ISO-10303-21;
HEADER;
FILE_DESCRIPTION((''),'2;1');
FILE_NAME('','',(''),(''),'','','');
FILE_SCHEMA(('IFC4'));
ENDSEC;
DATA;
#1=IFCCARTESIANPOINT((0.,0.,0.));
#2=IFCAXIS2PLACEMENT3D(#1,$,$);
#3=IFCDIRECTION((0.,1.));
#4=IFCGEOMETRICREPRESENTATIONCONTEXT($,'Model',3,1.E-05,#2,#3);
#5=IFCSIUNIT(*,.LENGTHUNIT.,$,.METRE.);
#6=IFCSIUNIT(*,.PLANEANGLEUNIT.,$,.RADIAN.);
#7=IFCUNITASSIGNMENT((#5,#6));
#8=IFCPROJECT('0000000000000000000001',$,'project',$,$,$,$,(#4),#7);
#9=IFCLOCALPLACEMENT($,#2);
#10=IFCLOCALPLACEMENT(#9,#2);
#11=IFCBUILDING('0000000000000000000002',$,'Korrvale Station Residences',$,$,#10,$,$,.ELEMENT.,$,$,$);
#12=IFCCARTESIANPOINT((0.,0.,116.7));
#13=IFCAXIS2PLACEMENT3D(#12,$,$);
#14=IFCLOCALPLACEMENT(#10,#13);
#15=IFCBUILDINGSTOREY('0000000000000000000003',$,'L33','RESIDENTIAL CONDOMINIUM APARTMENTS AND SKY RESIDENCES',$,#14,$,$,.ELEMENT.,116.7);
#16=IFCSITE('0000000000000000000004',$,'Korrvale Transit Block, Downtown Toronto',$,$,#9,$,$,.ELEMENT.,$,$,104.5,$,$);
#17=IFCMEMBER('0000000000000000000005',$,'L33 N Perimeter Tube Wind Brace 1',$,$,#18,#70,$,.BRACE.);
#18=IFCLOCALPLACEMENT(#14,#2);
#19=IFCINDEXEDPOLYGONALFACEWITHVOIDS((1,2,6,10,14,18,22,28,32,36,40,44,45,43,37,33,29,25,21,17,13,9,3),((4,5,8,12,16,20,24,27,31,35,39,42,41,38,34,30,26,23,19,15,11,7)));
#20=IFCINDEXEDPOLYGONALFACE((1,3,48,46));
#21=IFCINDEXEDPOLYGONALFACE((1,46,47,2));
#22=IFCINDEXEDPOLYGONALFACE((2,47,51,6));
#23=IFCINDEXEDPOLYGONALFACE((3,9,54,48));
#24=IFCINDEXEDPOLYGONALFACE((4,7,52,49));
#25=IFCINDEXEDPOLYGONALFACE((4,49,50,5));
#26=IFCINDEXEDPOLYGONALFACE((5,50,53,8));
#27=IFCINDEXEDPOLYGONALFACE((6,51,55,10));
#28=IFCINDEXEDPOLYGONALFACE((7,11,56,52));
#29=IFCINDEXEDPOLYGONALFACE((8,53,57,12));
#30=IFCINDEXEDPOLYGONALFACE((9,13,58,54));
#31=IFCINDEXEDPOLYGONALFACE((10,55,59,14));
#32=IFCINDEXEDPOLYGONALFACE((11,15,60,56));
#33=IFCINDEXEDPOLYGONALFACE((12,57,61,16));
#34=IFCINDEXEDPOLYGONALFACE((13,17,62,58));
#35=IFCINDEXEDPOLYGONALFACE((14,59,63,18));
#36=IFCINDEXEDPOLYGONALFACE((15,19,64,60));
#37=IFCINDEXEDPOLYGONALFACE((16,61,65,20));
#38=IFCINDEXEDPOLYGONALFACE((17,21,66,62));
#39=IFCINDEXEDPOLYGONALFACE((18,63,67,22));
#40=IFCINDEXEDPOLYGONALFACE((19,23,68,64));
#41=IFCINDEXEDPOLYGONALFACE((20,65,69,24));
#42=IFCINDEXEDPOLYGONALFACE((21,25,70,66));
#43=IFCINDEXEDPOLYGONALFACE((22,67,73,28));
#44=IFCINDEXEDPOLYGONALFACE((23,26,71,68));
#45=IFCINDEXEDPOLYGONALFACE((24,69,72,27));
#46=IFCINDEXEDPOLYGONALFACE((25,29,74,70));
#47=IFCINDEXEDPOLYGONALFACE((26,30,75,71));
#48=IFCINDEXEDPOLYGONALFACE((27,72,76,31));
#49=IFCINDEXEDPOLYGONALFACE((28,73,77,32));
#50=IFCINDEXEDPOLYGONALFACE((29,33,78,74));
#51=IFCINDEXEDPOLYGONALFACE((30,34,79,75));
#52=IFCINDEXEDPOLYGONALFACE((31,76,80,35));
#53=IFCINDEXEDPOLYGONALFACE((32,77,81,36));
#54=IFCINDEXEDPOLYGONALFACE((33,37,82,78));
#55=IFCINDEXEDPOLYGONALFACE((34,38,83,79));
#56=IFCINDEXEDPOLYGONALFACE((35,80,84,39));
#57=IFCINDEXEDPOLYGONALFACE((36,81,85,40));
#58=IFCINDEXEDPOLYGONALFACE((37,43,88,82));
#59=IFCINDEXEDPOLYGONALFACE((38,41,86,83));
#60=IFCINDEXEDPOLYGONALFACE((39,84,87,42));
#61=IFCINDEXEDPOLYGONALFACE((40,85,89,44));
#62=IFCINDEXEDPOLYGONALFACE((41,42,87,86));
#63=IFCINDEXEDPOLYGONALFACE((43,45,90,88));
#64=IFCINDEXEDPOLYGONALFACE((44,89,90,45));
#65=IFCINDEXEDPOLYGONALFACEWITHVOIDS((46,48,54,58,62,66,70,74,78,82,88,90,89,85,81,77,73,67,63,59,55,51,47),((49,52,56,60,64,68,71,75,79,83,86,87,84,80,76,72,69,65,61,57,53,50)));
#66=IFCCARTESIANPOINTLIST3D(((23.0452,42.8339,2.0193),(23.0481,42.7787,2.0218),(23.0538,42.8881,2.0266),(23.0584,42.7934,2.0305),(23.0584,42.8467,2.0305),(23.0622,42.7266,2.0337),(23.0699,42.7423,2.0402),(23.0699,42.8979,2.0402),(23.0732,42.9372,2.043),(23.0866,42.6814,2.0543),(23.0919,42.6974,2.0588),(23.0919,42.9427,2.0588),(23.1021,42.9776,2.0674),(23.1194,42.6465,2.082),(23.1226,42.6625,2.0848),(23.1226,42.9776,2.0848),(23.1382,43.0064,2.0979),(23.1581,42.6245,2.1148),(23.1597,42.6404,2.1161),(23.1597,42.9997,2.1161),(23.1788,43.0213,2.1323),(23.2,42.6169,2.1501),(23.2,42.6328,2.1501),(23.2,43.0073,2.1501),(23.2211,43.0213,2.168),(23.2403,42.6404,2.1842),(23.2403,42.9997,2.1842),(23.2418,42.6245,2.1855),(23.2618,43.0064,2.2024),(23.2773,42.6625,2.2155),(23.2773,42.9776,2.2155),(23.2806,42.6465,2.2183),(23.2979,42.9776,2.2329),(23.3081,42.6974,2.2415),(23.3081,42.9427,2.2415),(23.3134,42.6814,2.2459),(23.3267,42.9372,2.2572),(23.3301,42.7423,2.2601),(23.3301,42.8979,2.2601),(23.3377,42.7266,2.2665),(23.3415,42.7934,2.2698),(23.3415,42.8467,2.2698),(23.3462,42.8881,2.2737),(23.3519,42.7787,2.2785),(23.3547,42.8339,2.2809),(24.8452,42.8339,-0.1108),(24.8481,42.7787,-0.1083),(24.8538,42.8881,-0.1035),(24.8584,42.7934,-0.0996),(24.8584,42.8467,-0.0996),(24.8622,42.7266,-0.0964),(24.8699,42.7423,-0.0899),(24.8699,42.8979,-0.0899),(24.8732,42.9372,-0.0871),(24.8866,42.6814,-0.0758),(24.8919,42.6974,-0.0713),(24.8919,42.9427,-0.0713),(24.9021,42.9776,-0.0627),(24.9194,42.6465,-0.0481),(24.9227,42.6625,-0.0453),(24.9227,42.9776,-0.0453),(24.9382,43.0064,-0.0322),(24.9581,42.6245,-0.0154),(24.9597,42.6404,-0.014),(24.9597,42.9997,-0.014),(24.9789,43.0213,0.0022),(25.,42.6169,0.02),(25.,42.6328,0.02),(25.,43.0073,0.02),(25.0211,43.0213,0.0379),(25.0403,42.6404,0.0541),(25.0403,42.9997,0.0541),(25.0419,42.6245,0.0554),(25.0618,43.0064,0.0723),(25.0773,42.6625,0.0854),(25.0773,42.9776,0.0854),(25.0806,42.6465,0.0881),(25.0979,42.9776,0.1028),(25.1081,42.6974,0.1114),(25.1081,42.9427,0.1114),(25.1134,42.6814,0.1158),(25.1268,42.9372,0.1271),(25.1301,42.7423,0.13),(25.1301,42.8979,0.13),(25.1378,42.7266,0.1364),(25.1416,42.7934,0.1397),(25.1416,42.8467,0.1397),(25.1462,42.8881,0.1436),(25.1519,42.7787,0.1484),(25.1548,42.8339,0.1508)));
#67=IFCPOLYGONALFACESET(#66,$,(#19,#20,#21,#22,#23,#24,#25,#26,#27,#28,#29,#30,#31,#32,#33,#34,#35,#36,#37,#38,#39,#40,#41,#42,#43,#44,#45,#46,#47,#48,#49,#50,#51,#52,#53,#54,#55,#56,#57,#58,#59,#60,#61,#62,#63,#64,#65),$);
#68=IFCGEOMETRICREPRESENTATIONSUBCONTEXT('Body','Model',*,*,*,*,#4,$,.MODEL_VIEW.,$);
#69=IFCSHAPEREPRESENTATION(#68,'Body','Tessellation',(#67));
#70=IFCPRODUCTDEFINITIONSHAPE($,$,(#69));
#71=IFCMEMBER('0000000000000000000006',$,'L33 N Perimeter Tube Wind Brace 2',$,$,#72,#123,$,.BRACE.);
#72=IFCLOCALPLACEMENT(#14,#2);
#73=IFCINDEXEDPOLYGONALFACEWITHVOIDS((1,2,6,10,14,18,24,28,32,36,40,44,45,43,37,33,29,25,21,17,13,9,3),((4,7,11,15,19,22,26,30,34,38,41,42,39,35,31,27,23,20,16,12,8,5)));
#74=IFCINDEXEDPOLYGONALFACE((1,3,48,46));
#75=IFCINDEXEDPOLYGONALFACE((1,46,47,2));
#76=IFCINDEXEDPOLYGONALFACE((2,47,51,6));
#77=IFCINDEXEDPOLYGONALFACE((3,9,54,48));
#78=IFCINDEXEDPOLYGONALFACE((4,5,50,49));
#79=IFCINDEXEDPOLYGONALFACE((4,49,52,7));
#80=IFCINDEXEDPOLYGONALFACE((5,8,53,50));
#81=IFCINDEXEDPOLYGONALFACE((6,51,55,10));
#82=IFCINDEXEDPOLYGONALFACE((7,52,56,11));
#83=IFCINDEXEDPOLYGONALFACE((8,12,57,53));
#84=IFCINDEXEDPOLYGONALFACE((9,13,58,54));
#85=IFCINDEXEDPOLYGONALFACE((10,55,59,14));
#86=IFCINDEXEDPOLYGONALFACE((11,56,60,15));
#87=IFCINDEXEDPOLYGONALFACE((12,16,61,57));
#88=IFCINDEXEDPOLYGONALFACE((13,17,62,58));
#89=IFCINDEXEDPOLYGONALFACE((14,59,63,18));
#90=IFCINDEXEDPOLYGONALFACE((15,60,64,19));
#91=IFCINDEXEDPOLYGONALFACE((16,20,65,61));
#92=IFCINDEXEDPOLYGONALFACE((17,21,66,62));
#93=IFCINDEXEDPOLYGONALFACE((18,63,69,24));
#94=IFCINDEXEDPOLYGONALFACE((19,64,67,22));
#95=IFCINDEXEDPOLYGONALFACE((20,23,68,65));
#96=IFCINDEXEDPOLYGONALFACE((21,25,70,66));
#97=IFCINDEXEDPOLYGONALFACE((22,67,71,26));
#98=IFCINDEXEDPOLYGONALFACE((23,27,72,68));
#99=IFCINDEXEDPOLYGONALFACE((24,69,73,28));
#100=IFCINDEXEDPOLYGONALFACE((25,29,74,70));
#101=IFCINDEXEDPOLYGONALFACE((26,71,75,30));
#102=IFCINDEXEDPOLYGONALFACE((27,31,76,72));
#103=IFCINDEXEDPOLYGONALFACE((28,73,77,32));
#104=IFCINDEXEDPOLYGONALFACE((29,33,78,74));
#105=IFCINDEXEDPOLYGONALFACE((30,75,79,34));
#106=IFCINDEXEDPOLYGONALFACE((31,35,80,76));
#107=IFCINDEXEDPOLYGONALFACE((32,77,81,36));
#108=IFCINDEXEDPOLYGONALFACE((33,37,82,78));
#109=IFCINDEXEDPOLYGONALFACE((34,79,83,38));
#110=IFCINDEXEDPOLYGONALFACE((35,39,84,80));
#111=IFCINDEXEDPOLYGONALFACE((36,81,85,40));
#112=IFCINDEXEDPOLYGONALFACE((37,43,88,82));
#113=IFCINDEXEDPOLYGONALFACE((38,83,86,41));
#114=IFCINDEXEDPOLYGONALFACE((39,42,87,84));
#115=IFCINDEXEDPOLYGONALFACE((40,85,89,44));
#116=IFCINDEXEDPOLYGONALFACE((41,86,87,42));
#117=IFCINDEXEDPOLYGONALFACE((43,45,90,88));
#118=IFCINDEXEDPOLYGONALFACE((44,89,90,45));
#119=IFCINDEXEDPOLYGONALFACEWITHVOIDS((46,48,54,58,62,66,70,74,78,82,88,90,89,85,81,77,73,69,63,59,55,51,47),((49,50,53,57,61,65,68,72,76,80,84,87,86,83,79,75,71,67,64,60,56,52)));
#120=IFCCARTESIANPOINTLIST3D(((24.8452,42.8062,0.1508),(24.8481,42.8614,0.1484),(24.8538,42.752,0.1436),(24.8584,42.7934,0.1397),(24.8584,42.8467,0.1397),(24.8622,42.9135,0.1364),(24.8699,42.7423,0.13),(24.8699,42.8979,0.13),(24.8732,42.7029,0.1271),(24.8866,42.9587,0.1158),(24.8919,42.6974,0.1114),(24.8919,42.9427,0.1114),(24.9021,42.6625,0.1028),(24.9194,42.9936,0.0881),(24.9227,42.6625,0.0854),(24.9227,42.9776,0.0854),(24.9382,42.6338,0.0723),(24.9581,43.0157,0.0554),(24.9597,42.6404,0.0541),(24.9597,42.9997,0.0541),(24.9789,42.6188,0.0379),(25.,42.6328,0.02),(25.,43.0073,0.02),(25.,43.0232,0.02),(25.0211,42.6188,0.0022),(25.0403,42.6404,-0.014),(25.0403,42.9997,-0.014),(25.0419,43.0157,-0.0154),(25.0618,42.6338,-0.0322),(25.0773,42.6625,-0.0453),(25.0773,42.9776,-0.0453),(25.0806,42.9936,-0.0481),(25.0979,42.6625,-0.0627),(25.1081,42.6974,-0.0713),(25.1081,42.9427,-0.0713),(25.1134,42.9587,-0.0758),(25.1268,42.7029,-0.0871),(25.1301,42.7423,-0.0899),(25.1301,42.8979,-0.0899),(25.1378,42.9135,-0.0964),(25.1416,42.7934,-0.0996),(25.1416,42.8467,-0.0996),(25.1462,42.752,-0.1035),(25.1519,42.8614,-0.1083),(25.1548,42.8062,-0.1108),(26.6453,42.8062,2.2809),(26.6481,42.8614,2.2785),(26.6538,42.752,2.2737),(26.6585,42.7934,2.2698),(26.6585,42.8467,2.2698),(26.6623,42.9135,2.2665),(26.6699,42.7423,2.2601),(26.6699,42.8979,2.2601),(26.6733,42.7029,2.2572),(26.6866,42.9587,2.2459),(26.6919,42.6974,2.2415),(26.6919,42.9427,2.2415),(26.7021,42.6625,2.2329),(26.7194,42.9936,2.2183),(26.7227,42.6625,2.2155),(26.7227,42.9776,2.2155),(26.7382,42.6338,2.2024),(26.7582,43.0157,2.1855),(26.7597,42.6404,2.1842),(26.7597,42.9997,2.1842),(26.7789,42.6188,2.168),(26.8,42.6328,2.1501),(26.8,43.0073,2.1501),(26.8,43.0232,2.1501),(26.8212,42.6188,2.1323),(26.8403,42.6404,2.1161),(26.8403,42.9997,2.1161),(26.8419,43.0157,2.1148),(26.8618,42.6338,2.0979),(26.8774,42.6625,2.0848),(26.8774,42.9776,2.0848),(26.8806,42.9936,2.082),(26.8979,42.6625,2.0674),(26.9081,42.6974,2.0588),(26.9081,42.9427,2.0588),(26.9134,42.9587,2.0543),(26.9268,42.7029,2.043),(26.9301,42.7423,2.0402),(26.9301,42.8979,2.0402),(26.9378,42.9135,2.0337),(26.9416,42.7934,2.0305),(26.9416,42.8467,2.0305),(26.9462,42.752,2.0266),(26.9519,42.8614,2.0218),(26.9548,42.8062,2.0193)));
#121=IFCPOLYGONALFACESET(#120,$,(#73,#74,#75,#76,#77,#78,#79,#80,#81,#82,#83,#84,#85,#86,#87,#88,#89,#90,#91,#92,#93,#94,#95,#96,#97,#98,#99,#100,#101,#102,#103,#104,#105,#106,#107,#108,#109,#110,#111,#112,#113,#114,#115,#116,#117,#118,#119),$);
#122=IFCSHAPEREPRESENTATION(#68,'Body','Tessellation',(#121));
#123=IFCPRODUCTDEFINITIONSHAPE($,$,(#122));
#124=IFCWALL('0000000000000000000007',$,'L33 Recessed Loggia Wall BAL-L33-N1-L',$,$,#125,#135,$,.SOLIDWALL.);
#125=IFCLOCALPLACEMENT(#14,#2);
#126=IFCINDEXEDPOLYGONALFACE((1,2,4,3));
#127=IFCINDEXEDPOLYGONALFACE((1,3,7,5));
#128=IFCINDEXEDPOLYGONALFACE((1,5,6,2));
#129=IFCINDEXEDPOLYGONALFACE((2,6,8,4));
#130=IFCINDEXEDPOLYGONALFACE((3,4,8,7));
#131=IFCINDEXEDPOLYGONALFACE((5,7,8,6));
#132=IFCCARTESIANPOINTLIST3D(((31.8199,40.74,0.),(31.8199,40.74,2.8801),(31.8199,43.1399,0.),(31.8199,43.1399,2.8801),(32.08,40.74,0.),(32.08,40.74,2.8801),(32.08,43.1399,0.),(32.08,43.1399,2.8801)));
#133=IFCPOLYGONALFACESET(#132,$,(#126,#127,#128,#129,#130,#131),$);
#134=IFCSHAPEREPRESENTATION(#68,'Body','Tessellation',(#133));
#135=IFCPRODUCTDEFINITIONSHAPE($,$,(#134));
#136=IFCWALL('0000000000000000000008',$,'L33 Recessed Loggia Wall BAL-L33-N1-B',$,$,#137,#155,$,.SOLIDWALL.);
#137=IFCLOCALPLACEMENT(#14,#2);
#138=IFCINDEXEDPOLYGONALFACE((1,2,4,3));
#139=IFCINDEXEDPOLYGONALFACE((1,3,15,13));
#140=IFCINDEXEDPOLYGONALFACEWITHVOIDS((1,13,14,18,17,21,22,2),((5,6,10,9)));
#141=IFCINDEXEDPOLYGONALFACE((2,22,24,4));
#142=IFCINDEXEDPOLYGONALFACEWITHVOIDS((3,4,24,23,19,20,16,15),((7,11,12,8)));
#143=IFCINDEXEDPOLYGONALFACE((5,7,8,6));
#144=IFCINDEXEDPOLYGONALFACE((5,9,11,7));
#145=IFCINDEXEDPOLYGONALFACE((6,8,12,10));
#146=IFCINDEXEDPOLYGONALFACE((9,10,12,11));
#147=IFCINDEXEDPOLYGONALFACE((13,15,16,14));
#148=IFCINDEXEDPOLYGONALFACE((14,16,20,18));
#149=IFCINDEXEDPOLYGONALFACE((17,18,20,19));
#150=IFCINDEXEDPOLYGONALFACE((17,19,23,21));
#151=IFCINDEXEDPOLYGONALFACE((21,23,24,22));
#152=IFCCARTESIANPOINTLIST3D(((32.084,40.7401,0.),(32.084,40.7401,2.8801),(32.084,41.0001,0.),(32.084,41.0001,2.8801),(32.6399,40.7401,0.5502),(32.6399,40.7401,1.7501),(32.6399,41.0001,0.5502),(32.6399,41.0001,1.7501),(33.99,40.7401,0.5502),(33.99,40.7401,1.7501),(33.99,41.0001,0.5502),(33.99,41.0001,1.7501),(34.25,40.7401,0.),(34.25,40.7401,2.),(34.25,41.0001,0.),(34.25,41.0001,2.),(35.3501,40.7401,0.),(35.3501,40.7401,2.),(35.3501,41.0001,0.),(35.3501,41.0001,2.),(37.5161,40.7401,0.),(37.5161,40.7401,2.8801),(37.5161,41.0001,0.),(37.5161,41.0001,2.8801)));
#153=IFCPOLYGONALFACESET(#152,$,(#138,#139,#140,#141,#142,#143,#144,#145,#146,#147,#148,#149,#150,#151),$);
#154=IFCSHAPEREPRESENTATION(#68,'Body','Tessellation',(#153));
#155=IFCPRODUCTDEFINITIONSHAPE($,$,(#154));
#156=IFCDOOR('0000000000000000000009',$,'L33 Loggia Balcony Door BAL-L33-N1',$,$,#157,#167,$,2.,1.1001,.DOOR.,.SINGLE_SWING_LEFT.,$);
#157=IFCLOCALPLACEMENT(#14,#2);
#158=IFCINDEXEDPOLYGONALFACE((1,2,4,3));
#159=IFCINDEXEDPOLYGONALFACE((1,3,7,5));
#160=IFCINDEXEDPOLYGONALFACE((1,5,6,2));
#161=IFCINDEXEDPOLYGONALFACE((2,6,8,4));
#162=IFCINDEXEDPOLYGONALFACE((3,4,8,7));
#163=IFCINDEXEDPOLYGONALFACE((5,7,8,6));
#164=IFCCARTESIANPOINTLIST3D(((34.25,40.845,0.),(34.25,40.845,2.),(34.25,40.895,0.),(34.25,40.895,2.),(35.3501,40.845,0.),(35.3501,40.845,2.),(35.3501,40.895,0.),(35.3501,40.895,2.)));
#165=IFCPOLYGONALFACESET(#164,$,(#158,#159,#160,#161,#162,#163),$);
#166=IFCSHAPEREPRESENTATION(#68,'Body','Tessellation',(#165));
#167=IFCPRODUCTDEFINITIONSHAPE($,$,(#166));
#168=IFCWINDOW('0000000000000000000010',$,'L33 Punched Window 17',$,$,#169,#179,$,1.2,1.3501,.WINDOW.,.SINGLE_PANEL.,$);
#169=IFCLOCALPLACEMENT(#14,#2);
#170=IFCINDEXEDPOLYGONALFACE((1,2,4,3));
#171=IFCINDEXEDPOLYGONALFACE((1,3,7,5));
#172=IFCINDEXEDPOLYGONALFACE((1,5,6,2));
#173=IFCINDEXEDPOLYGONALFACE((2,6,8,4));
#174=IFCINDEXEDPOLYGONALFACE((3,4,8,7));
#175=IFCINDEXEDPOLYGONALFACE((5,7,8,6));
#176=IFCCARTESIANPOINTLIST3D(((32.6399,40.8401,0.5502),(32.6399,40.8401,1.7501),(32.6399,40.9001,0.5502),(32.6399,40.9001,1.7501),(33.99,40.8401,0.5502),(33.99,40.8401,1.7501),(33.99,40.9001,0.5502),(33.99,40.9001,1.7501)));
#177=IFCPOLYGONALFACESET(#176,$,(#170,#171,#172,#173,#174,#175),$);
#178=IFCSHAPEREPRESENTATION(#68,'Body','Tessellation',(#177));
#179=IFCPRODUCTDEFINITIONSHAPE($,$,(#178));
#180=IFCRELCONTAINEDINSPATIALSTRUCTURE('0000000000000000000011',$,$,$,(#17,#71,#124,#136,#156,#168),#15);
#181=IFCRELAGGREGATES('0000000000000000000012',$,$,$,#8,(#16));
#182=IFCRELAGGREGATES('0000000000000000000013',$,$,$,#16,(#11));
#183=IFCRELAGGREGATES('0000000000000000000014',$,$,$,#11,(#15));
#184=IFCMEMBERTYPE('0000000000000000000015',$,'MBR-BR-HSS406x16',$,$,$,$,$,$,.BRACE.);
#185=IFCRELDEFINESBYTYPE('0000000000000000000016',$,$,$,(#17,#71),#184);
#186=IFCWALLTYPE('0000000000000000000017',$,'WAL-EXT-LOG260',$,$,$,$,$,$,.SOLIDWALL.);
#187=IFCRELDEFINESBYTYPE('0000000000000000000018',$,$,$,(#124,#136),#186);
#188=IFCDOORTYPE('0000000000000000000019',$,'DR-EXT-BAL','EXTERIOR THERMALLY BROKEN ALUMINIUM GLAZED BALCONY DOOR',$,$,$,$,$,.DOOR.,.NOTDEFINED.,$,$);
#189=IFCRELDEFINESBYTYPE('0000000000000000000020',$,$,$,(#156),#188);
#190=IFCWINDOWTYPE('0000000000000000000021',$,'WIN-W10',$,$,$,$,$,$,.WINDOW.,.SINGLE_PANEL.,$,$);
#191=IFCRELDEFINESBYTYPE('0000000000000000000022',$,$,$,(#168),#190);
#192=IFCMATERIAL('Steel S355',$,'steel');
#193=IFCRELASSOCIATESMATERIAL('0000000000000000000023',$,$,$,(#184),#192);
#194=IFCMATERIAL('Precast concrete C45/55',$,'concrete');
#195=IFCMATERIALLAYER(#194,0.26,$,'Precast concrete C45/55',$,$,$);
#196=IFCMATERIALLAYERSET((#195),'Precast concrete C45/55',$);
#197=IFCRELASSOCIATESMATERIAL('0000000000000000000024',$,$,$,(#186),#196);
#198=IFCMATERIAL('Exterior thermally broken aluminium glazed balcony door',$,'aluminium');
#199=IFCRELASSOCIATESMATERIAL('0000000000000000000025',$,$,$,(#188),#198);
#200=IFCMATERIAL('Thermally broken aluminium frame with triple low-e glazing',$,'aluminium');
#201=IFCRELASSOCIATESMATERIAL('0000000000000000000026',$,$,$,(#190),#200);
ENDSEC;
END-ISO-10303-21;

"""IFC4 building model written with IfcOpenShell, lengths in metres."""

from ifc_helpers import new_model, si_unit, direction, frame, frame_2d, origin, origin_2d, place, context, subcontext, project, spatial, rectangle, hollow_circle, extrude, material, layer, layer_set, material_profile, profile_set, type_object, element, fill, save


model = new_model("IFC4")

# Units and contexts
model_context = context("Model", 3, precision=1e-05, world=origin(), true_north=direction((0.0, 1.0)))
body_context = subcontext(model_context, "Body", "Model", "MODEL_VIEW")
ifc_project = project(units=[si_unit("LENGTHUNIT", "METRE"), si_unit("PLANEANGLEUNIT", "RADIAN")], contexts=[model_context])

# Site, building, storey
site_placement = place(None, origin())
site = spatial("IfcSite", under=ifc_project, at=site_placement, Name="Korrvale Transit Block, Downtown Toronto", CompositionType="ELEMENT", RefElevation=104.5)
building_placement = place(site_placement, origin())
building = spatial("IfcBuilding", under=site, at=building_placement, Name="Korrvale Station Residences", CompositionType="ELEMENT")
storey_placement = place(building_placement, frame((0.0, 0.0, 116.7)))
storey = spatial("IfcBuildingStorey", under=building, at=storey_placement, Name="L33", Description="RESIDENTIAL CONDOMINIUM APARTMENTS AND SKY RESIDENCES", CompositionType="ELEMENT", Elevation=116.7)

# Shared definitions
ifc_material_1 = material(Name="Steel S355", Category="steel")

# Members
ifc_material_profile_1 = material_profile(ifc_material_1, hollow_circle(Radius=0.2031, WallThickness=0.0159, at=origin_2d()), Name="HSS406x16")
ifc_profile_set_1 = profile_set([ifc_material_profile_1], Name="Steel S355")
member_type = type_object("IfcMemberType", Name="MBR-BR-HSS406x16", PredefinedType="BRACE", material=ifc_profile_set_1)
for number, where, z_axis, x_axis, name in (
    (1, (25.0, 42.8201, 0.02), (-0.645448, 0.0, 0.763805), (0.0, -1.0, 0.0), "L33 N Perimeter Tube Wind Brace 1"),
    (2, (25.0, 42.8201, 0.02), (0.645448, 0.0, 0.763805), (0.0, 1.0, 0.0), "L33 N Perimeter Tube Wind Brace 2"),
):
    element("IfcMember", number, at=place(storey_placement, frame(where, z_axis=z_axis, x_axis=x_axis)), inside=storey, type_object=member_type, Name=name, PredefinedType="BRACE", context=body_context, shape_type="SweptSolid", body=[
        extrude(hollow_circle(Radius=0.2031, WallThickness=0.0159, at=origin_2d()), origin(), (0.0, 0.0, 1.0), 2.7888),
    ])

# Wall
ifc_material_2 = material(Name="Precast concrete C45/55", Category="concrete")
ifc_layer_1 = layer(ifc_material_2, 0.26, Name="Precast concrete C45/55")
ifc_layer_set_1 = layer_set([ifc_layer_1], Name="Precast concrete C45/55")
wall_type_1 = type_object("IfcWallType", Name="WAL-EXT-LOG260", PredefinedType="SOLIDWALL", material=ifc_layer_set_1)
wall_1_placement = place(storey_placement, frame((31.95, 43.1399, 0.0), z_axis=(0.0, 0.0, 1.0), x_axis=(0.0, -1.0, 0.0)))
element("IfcWall", 3, at=wall_1_placement, inside=storey, type_object=wall_type_1, Name="L33 Recessed Loggia Wall BAL-L33-N1-L", PredefinedType="SOLIDWALL", context=body_context, shape_type="SweptSolid", body=[
    extrude(rectangle(XDim=2.3999, YDim=0.26, at=frame_2d((1.2, 0.0))), origin(), (0.0, 0.0, 1.0), 2.8801),
])

# Wall, openings, door, window
wall_2_placement = place(storey_placement, frame((32.084, 40.8701, 0.0), z_axis=(0.0, 0.0, 1.0), x_axis=(1.0, 0.0, 0.0)))
wall_2 = element("IfcWall", 4, at=wall_2_placement, inside=storey, type_object=wall_type_1, Name="L33 Recessed Loggia Wall BAL-L33-N1-B", PredefinedType="SOLIDWALL", context=body_context, shape_type="SweptSolid", body=[
    extrude(rectangle(XDim=5.4321, YDim=0.26, at=frame_2d((2.7161, 0.0))), origin(), (0.0, 0.0, 1.0), 2.8801),
])
opening_1_placement = place(wall_2_placement, frame((2.166, 0.0, 0.0)))
opening_1 = element("IfcOpeningElement", 5, at=opening_1_placement, cuts=wall_2, PredefinedType="OPENING", context=body_context, shape_type="SweptSolid", body=[
    extrude(rectangle(XDim=1.1001, YDim=2.0, at=frame_2d((0.55, 1.0))), frame((0.0, 0.1401, 0.0), z_axis=(0.0, -1.0, 0.0), x_axis=(1.0, 0.0, 0.0)), (0.0, 0.0, 1.0), 0.28),
])
opening_2_placement = place(wall_2_placement, frame((0.5559, 0.0, 0.55)))
opening_2 = element("IfcOpeningElement", 6, at=opening_2_placement, cuts=wall_2, PredefinedType="OPENING", context=body_context, shape_type="SweptSolid", body=[
    extrude(rectangle(XDim=1.3501, YDim=1.2, at=frame_2d((0.675, 0.6001))), frame((0.0, 0.1401, 0.0), z_axis=(0.0, -1.0, 0.0), x_axis=(1.0, 0.0, 0.0)), (0.0, 0.0, 1.0), 0.28),
])
ifc_material_3 = material(Name="Exterior thermally broken aluminium glazed balcony door", Category="aluminium")
door_type_1 = type_object("IfcDoorType", Name="DR-EXT-BAL", Description="EXTERIOR THERMALLY BROKEN ALUMINIUM GLAZED BALCONY DOOR", OperationType="NOTDEFINED", PredefinedType="DOOR", material=ifc_material_3)
door_1_placement = place(opening_1_placement, origin())
door_1 = element("IfcDoor", 7, at=door_1_placement, inside=storey, type_object=door_type_1, Name="L33 Loggia Balcony Door BAL-L33-N1", OperationType="SINGLE_SWING_LEFT", OverallHeight=2.0, OverallWidth=1.1001, PredefinedType="DOOR", context=body_context, shape_type="SweptSolid", body=[
    extrude(rectangle(XDim=1.1001, YDim=2.0, at=frame_2d((0.55, 1.0))), frame((0.0, 0.0249, 0.0), z_axis=(0.0, -1.0, 0.0), x_axis=(1.0, 0.0, 0.0)), (0.0, 0.0, 1.0), 0.05),
])
fill(opening_1, door_1)
ifc_material_4 = material(Name="Thermally broken aluminium frame with triple low-e glazing", Category="aluminium")
window_type = type_object("IfcWindowType", Name="WIN-W10", PartitioningType="SINGLE_PANEL", PredefinedType="WINDOW", material=ifc_material_4)
window_placement = place(opening_2_placement, origin())
window = element("IfcWindow", 8, at=window_placement, inside=storey, type_object=window_type, Name="L33 Punched Window 17", OverallHeight=1.2, OverallWidth=1.3501, PartitioningType="SINGLE_PANEL", PredefinedType="WINDOW", context=body_context, shape_type="SweptSolid", body=[
    extrude(rectangle(XDim=1.3501, YDim=1.2, at=frame_2d((0.675, 0.6001))), frame((0.0, 0.03, 0.0), z_axis=(0.0, -1.0, 0.0), x_axis=(1.0, 0.0, 0.0)), (0.0, 0.0, 1.0), 0.0601),
])
fill(opening_2, window)

save(model, "model.ifc")
